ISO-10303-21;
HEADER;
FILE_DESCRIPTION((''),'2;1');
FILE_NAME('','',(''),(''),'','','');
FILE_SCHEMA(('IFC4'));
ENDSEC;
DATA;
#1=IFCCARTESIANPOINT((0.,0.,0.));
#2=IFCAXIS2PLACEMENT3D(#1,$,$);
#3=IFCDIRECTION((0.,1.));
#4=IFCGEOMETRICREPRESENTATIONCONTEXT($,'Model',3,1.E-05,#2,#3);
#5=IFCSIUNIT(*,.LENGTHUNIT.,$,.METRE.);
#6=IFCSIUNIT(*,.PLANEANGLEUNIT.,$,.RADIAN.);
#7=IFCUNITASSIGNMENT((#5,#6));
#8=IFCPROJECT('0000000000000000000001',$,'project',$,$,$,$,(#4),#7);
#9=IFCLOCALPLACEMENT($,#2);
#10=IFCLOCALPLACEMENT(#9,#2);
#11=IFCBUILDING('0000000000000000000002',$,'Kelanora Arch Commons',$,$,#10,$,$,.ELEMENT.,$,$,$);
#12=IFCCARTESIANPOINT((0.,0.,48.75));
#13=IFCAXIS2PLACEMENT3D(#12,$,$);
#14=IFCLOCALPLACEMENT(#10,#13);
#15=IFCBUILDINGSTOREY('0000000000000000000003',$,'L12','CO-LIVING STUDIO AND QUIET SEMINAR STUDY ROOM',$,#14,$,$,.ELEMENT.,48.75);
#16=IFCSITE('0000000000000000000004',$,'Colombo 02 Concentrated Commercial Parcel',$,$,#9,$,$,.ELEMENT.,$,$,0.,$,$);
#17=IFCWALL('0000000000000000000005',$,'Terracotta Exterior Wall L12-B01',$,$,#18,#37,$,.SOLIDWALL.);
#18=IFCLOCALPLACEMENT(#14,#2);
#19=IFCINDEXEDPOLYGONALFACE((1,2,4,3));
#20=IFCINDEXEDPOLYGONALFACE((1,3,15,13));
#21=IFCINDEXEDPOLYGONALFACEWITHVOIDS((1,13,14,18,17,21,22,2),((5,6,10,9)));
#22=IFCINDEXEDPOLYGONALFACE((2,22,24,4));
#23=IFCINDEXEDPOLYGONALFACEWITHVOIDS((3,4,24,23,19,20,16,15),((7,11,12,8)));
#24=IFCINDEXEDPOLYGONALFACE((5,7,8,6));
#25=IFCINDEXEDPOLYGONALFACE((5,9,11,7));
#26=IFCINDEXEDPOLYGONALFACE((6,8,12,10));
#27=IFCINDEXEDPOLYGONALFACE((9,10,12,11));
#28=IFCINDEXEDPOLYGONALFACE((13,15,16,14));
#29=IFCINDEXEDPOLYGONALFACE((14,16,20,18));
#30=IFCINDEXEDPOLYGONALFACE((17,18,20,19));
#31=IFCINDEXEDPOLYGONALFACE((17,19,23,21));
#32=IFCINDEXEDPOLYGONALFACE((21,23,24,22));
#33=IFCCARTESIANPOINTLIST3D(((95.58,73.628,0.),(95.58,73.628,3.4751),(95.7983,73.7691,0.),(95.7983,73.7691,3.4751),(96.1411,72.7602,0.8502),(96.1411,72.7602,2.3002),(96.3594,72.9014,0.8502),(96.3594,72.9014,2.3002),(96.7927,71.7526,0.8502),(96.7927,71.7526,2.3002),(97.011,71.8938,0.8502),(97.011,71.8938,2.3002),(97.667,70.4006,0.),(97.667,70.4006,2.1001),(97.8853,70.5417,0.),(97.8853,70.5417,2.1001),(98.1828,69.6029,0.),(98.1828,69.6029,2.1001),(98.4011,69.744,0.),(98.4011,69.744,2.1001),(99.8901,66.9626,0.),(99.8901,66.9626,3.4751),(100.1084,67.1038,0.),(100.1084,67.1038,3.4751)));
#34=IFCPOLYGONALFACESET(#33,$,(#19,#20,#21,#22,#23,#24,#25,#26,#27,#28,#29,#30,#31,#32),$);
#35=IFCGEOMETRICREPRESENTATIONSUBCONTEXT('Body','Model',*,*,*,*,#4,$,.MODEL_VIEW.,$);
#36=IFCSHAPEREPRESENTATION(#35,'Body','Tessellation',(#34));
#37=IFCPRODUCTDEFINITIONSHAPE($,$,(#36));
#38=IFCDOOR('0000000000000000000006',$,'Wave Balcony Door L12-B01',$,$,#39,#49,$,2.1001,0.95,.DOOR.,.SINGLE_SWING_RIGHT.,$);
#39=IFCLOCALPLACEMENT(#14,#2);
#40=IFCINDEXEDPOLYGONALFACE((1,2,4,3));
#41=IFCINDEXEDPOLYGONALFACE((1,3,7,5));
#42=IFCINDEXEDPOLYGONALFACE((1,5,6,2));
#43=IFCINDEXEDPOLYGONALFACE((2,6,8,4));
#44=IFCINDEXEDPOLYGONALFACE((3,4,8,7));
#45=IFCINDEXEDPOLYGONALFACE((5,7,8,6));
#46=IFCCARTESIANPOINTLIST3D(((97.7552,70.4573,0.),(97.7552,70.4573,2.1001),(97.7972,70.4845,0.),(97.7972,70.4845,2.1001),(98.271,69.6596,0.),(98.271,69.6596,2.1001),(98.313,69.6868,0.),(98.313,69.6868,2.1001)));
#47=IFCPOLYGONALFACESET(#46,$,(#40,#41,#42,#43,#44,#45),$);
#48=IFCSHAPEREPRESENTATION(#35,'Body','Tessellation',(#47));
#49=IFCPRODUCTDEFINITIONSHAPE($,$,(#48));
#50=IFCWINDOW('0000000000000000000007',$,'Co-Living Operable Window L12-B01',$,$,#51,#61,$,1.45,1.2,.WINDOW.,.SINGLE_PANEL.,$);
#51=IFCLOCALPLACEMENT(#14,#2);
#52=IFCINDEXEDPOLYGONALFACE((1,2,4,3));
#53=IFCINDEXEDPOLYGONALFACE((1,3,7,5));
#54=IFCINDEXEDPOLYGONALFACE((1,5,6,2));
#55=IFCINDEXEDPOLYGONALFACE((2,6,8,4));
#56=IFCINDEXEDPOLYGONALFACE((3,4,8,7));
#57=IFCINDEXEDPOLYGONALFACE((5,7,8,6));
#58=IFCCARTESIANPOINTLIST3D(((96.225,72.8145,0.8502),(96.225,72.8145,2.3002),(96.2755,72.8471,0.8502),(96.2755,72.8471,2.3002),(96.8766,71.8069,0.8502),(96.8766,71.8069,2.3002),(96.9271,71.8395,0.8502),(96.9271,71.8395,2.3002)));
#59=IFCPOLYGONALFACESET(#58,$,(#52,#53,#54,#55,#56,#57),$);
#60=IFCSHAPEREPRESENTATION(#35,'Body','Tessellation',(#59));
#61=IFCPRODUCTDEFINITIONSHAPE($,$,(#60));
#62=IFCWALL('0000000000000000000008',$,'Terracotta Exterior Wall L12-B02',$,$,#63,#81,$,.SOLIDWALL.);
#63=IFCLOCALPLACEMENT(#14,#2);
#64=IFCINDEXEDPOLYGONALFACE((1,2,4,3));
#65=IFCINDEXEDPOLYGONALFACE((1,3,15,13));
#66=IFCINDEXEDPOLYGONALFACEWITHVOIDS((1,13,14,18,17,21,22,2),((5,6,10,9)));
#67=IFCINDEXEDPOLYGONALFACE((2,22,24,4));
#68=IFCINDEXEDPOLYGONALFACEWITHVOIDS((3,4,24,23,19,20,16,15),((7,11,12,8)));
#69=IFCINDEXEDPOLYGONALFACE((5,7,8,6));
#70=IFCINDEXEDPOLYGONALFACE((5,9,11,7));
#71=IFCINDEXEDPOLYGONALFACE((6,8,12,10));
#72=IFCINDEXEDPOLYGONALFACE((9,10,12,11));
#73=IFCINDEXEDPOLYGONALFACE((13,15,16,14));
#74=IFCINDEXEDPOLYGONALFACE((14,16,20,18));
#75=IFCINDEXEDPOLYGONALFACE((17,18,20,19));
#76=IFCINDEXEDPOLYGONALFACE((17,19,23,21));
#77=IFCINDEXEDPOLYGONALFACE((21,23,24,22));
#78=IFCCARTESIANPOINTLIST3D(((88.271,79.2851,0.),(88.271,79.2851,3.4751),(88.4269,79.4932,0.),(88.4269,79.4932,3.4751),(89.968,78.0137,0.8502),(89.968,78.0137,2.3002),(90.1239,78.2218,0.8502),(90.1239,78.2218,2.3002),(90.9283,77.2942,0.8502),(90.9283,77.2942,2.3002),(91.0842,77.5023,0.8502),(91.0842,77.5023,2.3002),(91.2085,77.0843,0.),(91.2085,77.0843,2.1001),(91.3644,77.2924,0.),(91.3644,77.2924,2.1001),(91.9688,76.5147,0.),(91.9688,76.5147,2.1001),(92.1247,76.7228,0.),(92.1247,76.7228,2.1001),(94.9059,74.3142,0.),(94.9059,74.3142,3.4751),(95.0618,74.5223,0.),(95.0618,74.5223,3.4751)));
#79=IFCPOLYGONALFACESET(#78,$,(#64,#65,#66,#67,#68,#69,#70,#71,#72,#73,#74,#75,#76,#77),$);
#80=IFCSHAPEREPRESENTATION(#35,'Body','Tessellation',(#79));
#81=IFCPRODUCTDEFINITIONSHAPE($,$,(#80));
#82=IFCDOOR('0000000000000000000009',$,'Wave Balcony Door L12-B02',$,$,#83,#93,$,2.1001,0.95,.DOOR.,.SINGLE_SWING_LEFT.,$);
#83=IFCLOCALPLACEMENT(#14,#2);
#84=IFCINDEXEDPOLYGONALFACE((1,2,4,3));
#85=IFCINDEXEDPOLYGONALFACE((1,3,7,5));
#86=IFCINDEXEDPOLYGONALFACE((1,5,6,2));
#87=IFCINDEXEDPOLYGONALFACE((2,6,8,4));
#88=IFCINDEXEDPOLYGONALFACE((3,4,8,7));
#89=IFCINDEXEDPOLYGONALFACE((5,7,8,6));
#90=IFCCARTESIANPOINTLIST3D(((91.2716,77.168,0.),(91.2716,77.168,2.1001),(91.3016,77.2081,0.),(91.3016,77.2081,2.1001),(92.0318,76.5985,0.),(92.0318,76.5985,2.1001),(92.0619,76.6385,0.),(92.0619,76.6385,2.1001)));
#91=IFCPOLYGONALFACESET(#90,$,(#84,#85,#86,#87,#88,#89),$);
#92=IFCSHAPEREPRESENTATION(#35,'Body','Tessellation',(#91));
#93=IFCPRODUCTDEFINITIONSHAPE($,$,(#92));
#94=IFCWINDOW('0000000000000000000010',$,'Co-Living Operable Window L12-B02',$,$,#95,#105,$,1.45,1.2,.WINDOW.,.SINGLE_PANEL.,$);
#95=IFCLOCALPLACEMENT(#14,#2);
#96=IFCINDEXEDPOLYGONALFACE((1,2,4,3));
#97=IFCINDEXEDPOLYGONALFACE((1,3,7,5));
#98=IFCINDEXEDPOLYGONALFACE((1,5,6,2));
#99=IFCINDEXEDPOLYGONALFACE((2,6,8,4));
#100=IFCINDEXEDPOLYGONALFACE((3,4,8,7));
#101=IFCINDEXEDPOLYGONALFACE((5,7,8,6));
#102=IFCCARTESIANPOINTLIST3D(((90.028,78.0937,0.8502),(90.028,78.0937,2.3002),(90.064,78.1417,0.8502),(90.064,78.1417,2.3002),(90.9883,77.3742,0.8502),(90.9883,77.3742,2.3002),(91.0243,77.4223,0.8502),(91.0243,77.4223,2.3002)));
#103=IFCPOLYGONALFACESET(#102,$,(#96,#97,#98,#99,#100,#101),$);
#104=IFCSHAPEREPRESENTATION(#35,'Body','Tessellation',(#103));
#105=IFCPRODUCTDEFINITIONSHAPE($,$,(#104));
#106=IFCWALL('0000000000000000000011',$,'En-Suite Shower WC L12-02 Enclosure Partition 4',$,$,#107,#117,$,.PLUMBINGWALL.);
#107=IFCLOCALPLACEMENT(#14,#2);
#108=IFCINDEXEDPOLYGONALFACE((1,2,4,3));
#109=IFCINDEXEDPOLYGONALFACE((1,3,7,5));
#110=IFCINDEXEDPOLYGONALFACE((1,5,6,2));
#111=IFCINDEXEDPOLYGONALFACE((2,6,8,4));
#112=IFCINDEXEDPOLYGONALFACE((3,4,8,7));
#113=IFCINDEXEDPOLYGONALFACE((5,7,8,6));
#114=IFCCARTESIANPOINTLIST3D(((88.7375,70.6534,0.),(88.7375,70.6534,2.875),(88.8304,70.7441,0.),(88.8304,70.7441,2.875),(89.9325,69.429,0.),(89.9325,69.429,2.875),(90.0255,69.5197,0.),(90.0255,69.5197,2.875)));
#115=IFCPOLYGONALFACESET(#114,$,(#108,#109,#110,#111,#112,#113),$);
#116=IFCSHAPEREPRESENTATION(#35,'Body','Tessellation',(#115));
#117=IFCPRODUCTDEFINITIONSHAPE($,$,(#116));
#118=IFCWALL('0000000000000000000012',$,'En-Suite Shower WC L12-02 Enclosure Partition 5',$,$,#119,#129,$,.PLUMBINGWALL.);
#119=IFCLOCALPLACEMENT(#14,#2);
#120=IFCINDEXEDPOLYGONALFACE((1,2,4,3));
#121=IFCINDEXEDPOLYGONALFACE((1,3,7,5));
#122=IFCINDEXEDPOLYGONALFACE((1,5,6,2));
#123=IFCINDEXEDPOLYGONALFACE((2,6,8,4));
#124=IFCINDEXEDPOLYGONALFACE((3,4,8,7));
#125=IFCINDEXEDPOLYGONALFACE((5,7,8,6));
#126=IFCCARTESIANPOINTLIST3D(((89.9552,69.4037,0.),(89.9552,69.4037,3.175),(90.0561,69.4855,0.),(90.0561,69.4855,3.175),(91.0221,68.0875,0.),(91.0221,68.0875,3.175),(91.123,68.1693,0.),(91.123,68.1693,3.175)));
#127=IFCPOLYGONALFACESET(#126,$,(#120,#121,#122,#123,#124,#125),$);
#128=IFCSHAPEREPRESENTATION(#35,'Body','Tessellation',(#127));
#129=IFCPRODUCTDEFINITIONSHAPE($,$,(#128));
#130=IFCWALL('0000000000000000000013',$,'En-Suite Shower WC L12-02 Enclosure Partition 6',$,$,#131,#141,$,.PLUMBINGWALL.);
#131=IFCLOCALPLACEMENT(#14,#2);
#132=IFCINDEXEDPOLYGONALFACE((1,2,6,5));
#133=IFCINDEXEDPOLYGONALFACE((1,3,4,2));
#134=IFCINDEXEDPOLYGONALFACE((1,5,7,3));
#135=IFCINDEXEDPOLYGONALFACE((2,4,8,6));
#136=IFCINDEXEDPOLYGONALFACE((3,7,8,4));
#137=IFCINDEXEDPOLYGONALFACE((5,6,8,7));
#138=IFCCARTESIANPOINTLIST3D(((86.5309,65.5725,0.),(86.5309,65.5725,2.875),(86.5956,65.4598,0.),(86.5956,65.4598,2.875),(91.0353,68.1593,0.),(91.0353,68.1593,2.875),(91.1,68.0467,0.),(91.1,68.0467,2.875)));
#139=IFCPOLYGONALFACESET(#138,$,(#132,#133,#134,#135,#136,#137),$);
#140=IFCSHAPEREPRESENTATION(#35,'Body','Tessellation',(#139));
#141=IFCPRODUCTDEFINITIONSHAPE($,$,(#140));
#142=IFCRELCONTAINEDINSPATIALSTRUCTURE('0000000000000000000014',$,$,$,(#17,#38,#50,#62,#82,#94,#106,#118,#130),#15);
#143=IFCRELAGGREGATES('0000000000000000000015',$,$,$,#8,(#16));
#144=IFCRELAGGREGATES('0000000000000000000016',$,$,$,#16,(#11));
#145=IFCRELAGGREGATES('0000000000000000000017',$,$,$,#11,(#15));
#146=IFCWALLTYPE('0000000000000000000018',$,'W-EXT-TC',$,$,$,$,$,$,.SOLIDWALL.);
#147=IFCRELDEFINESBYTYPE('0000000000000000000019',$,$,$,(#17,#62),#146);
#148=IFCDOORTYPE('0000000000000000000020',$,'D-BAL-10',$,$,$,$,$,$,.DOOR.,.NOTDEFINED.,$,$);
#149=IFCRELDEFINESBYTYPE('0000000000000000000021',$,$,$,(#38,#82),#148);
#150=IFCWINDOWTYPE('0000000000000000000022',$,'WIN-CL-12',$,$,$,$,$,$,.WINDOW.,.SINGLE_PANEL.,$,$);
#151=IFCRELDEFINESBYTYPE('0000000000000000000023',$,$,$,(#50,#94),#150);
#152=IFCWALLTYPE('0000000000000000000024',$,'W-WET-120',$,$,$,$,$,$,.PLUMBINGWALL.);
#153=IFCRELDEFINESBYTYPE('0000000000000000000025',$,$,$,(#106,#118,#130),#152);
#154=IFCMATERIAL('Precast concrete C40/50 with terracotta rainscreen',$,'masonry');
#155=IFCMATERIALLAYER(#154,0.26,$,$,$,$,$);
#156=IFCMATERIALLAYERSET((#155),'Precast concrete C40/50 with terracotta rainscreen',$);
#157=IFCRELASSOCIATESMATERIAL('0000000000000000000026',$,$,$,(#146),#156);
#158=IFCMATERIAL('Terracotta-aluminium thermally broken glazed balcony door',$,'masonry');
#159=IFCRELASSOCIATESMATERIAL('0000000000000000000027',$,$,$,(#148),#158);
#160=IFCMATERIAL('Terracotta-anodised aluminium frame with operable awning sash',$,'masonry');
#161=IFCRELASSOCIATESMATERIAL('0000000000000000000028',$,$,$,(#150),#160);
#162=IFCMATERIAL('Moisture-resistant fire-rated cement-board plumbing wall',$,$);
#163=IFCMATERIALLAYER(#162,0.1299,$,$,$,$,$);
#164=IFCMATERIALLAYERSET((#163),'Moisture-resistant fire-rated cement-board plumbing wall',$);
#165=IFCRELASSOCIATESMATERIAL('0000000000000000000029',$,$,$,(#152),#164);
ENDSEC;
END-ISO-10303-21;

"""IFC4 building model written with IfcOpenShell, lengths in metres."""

from ifc_helpers import new_model, si_unit, direction, frame, frame_2d, origin, place, context, subcontext, project, spatial, rectangle, extrude, material, layer, layer_set, type_object, element, fill, save


model = new_model("IFC4")

# Units and contexts
model_context = context("Model", 3, precision=1e-05, world=origin(), true_north=direction((0.0, 1.0)))
body_context = subcontext(model_context, "Body", "Model", "MODEL_VIEW")
ifc_project = project(units=[si_unit("LENGTHUNIT", "METRE"), si_unit("PLANEANGLEUNIT", "RADIAN")], contexts=[model_context])

# Site, building, storey
site_placement = place(None, origin())
site = spatial("IfcSite", under=ifc_project, at=site_placement, Name="Colombo 02 Concentrated Commercial Parcel", CompositionType="ELEMENT", RefElevation=0.0)
building_placement = place(site_placement, origin())
building = spatial("IfcBuilding", under=site, at=building_placement, Name="Kelanora Arch Commons", CompositionType="ELEMENT")
storey_placement = place(building_placement, frame((0.0, 0.0, 48.75)))
storey = spatial("IfcBuildingStorey", under=building, at=storey_placement, Name="L12", Description="CO-LIVING STUDIO AND QUIET SEMINAR STUDY ROOM", CompositionType="ELEMENT", Elevation=48.75)

# Walls, openings, doors, windows
ifc_material_1 = material(Name="Precast concrete C40/50 with terracotta rainscreen", Category="masonry")
ifc_layer_1 = layer(ifc_material_1, 0.26)
ifc_layer_set_1 = layer_set([ifc_layer_1], Name="Precast concrete C40/50 with terracotta rainscreen")
wall_type_1 = type_object("IfcWallType", Name="W-EXT-TC", PredefinedType="SOLIDWALL", material=ifc_layer_set_1)
wall_1_placement = place(storey_placement, frame((99.9993, 67.0332, 0.0), z_axis=(0.0, 0.0, 1.0), x_axis=(-0.543005, 0.839729, 0.0)))
wall_1 = element("IfcWall", 1, at=wall_1_placement, inside=storey, type_object=wall_type_1, Name="Terracotta Exterior Wall L12-B01", PredefinedType="SOLIDWALL", context=body_context, shape_type="SweptSolid", body=[
    extrude(rectangle(XDim=7.9375, YDim=0.26, at=frame_2d((3.9688, 0.0))), origin(), (0.0, 0.0, 1.0), 3.4751),
])
opening_1_placement = place(wall_1_placement, frame((3.144, 0.0, 0.0)))
opening_1 = element("IfcOpeningElement", 2, at=opening_1_placement, cuts=wall_1, PredefinedType="OPENING", context=body_context, shape_type="SweptSolid", body=[
    extrude(rectangle(XDim=0.95, YDim=2.1001, at=frame_2d((0.4751, 1.05))), frame((0.0, 0.1401, 0.0), z_axis=(0.0, -1.0, 0.0), x_axis=(1.0, 0.0, 0.0)), (0.0, 0.0, 1.0), 0.28),
])
opening_2_placement = place(wall_1_placement, frame((5.7041, 0.0, 0.8501)))
opening_2 = element("IfcOpeningElement", 3, at=opening_2_placement, cuts=wall_1, PredefinedType="OPENING", context=body_context, shape_type="SweptSolid", body=[
    extrude(rectangle(XDim=1.2, YDim=1.45, at=frame_2d((0.6001, 0.7251))), frame((0.0, 0.1401, 0.0), z_axis=(0.0, -1.0, 0.0), x_axis=(1.0, 0.0, 0.0)), (0.0, 0.0, 1.0), 0.28),
])
ifc_material_2 = material(Name="Terracotta-aluminium thermally broken glazed balcony door", Category="masonry")
door_type = type_object("IfcDoorType", Name="D-BAL-10", OperationType="NOTDEFINED", PredefinedType="DOOR", material=ifc_material_2)
door_1_placement = place(opening_1_placement, frame((0.95, 0.0, 0.0), z_axis=(0.0, 0.0, 1.0), x_axis=(-1.0, 0.0, 0.0)))
door_1 = element("IfcDoor", 4, at=door_1_placement, inside=storey, type_object=door_type, Name="Wave Balcony Door L12-B01", OperationType="SINGLE_SWING_RIGHT", OverallHeight=2.1001, OverallWidth=0.95, PredefinedType="DOOR", context=body_context, shape_type="SweptSolid", body=[
    extrude(rectangle(XDim=0.95, YDim=2.1001, at=frame_2d((0.4751, 1.05))), frame((0.0, 0.0249, 0.0), z_axis=(0.0, -1.0, 0.0), x_axis=(1.0, 0.0, 0.0)), (0.0, 0.0, 1.0), 0.05),
])
fill(opening_1, door_1)
ifc_material_3 = material(Name="Terracotta-anodised aluminium frame with operable awning sash", Category="masonry")
window_type = type_object("IfcWindowType", Name="WIN-CL-12", PartitioningType="SINGLE_PANEL", PredefinedType="WINDOW", material=ifc_material_3)
window_1_placement = place(opening_2_placement, origin())
window_1 = element("IfcWindow", 5, at=window_1_placement, inside=storey, type_object=window_type, Name="Co-Living Operable Window L12-B01", OverallHeight=1.45, OverallWidth=1.2, PartitioningType="SINGLE_PANEL", PredefinedType="WINDOW", context=body_context, shape_type="SweptSolid", body=[
    extrude(rectangle(XDim=1.2, YDim=1.45, at=frame_2d((0.6001, 0.7251))), frame((0.0, 0.03, 0.0), z_axis=(0.0, -1.0, 0.0), x_axis=(1.0, 0.0, 0.0)), (0.0, 0.0, 1.0), 0.0601),
])
fill(opening_2, window_1)
wall_2_placement = place(storey_placement, frame((94.9839, 74.4182, 0.0), z_axis=(0.0, 0.0, 1.0), x_axis=(-0.800307, 0.59959, 0.0)))
wall_2 = element("IfcWall", 6, at=wall_2_placement, inside=storey, type_object=wall_type_1, Name="Terracotta Exterior Wall L12-B02", PredefinedType="SOLIDWALL", context=body_context, shape_type="SweptSolid", body=[
    extrude(rectangle(XDim=8.2905, YDim=0.26, at=frame_2d((4.1453, 0.0))), origin(), (0.0, 0.0, 1.0), 3.4751),
])
opening_3_placement = place(wall_2_placement, frame((3.6699, 0.0, 0.0)))
opening_3 = element("IfcOpeningElement", 7, at=opening_3_placement, cuts=wall_2, PredefinedType="OPENING", context=body_context, shape_type="SweptSolid", body=[
    extrude(rectangle(XDim=0.95, YDim=2.1001, at=frame_2d((0.4751, 1.05))), frame((0.0, 0.1401, 0.0), z_axis=(0.0, -1.0, 0.0), x_axis=(1.0, 0.0, 0.0)), (0.0, 0.0, 1.0), 0.28),
])
opening_4_placement = place(wall_2_placement, frame((4.97, 0.0, 0.8501)))
opening_4 = element("IfcOpeningElement", 8, at=opening_4_placement, cuts=wall_2, PredefinedType="OPENING", context=body_context, shape_type="SweptSolid", body=[
    extrude(rectangle(XDim=1.2, YDim=1.45, at=frame_2d((0.6001, 0.7251))), frame((0.0, 0.1401, 0.0), z_axis=(0.0, -1.0, 0.0), x_axis=(1.0, 0.0, 0.0)), (0.0, 0.0, 1.0), 0.28),
])
door_2_placement = place(opening_3_placement, frame((0.95, 0.0, 0.0), z_axis=(0.0, 0.0, 1.0), x_axis=(-1.0, 0.0, 0.0)))
door_2 = element("IfcDoor", 9, at=door_2_placement, inside=storey, type_object=door_type, Name="Wave Balcony Door L12-B02", OperationType="SINGLE_SWING_LEFT", OverallHeight=2.1001, OverallWidth=0.95, PredefinedType="DOOR", context=body_context, shape_type="SweptSolid", body=[
    extrude(rectangle(XDim=0.95, YDim=2.1001, at=frame_2d((0.4751, 1.05))), frame((0.0, 0.0249, 0.0), z_axis=(0.0, -1.0, 0.0), x_axis=(1.0, 0.0, 0.0)), (0.0, 0.0, 1.0), 0.05),
])
fill(opening_3, door_2)
window_2_placement = place(opening_4_placement, origin())
window_2 = element("IfcWindow", 10, at=window_2_placement, inside=storey, type_object=window_type, Name="Co-Living Operable Window L12-B02", OverallHeight=1.45, OverallWidth=1.2, PartitioningType="SINGLE_PANEL", PredefinedType="WINDOW", context=body_context, shape_type="SweptSolid", body=[
    extrude(rectangle(XDim=1.2, YDim=1.45, at=frame_2d((0.6001, 0.7251))), frame((0.0, 0.03, 0.0), z_axis=(0.0, -1.0, 0.0), x_axis=(1.0, 0.0, 0.0)), (0.0, 0.0, 1.0), 0.0601),
])
fill(opening_4, window_2)

# Walls
ifc_material_4 = material(Name="Moisture-resistant fire-rated cement-board plumbing wall")
ifc_layer_2 = layer(ifc_material_4, 0.1299)
ifc_layer_set_2 = layer_set([ifc_layer_2], Name="Moisture-resistant fire-rated cement-board plumbing wall")
wall_type_2 = type_object("IfcWallType", Name="W-WET-120", PredefinedType="PLUMBINGWALL", material=ifc_layer_set_2)
wall_3_placement = place(storey_placement, frame((88.7839, 70.6987, 0.0), z_axis=(0.0, 0.0, 1.0), x_axis=(0.698493, -0.715617, 0.0)))
element("IfcWall", 11, at=wall_3_placement, inside=storey, type_object=wall_type_2, Name="En-Suite Shower WC L12-02 Enclosure Partition 4", PredefinedType="PLUMBINGWALL", context=body_context, shape_type="SweptSolid", body=[
    extrude(rectangle(XDim=1.7109, YDim=0.1299, at=frame_2d((0.8555, 0.0))), origin(), (0.0, 0.0, 1.0), 2.875),
])
wall_4_placement = place(storey_placement, frame((90.0056, 69.4446, 0.0), z_axis=(0.0, 0.0, 1.0), x_axis=(0.629708, -0.776832, 0.0)))
element("IfcWall", 12, at=wall_4_placement, inside=storey, type_object=wall_type_2, Name="En-Suite Shower WC L12-02 Enclosure Partition 5", PredefinedType="PLUMBINGWALL", context=body_context, shape_type="SweptSolid", body=[
    extrude(rectangle(XDim=1.6943, YDim=0.1299, at=frame_2d((0.8472, 0.0))), origin(), (0.0, 0.0, 1.0), 3.175),
])
wall_5_placement = place(storey_placement, frame((91.0676, 68.103, 0.0), z_axis=(0.0, 0.0, 1.0), x_axis=(-0.867165, -0.498021, 0.0)))
element("IfcWall", 13, at=wall_5_placement, inside=storey, type_object=wall_type_2, Name="En-Suite Shower WC L12-02 Enclosure Partition 6", PredefinedType="PLUMBINGWALL", context=body_context, shape_type="SweptSolid", body=[
    extrude(rectangle(XDim=5.1943, YDim=0.1299, at=frame_2d((2.5972, 0.0))), origin(), (0.0, 0.0, 1.0), 2.875),
])

save(model, "model.ifc")
